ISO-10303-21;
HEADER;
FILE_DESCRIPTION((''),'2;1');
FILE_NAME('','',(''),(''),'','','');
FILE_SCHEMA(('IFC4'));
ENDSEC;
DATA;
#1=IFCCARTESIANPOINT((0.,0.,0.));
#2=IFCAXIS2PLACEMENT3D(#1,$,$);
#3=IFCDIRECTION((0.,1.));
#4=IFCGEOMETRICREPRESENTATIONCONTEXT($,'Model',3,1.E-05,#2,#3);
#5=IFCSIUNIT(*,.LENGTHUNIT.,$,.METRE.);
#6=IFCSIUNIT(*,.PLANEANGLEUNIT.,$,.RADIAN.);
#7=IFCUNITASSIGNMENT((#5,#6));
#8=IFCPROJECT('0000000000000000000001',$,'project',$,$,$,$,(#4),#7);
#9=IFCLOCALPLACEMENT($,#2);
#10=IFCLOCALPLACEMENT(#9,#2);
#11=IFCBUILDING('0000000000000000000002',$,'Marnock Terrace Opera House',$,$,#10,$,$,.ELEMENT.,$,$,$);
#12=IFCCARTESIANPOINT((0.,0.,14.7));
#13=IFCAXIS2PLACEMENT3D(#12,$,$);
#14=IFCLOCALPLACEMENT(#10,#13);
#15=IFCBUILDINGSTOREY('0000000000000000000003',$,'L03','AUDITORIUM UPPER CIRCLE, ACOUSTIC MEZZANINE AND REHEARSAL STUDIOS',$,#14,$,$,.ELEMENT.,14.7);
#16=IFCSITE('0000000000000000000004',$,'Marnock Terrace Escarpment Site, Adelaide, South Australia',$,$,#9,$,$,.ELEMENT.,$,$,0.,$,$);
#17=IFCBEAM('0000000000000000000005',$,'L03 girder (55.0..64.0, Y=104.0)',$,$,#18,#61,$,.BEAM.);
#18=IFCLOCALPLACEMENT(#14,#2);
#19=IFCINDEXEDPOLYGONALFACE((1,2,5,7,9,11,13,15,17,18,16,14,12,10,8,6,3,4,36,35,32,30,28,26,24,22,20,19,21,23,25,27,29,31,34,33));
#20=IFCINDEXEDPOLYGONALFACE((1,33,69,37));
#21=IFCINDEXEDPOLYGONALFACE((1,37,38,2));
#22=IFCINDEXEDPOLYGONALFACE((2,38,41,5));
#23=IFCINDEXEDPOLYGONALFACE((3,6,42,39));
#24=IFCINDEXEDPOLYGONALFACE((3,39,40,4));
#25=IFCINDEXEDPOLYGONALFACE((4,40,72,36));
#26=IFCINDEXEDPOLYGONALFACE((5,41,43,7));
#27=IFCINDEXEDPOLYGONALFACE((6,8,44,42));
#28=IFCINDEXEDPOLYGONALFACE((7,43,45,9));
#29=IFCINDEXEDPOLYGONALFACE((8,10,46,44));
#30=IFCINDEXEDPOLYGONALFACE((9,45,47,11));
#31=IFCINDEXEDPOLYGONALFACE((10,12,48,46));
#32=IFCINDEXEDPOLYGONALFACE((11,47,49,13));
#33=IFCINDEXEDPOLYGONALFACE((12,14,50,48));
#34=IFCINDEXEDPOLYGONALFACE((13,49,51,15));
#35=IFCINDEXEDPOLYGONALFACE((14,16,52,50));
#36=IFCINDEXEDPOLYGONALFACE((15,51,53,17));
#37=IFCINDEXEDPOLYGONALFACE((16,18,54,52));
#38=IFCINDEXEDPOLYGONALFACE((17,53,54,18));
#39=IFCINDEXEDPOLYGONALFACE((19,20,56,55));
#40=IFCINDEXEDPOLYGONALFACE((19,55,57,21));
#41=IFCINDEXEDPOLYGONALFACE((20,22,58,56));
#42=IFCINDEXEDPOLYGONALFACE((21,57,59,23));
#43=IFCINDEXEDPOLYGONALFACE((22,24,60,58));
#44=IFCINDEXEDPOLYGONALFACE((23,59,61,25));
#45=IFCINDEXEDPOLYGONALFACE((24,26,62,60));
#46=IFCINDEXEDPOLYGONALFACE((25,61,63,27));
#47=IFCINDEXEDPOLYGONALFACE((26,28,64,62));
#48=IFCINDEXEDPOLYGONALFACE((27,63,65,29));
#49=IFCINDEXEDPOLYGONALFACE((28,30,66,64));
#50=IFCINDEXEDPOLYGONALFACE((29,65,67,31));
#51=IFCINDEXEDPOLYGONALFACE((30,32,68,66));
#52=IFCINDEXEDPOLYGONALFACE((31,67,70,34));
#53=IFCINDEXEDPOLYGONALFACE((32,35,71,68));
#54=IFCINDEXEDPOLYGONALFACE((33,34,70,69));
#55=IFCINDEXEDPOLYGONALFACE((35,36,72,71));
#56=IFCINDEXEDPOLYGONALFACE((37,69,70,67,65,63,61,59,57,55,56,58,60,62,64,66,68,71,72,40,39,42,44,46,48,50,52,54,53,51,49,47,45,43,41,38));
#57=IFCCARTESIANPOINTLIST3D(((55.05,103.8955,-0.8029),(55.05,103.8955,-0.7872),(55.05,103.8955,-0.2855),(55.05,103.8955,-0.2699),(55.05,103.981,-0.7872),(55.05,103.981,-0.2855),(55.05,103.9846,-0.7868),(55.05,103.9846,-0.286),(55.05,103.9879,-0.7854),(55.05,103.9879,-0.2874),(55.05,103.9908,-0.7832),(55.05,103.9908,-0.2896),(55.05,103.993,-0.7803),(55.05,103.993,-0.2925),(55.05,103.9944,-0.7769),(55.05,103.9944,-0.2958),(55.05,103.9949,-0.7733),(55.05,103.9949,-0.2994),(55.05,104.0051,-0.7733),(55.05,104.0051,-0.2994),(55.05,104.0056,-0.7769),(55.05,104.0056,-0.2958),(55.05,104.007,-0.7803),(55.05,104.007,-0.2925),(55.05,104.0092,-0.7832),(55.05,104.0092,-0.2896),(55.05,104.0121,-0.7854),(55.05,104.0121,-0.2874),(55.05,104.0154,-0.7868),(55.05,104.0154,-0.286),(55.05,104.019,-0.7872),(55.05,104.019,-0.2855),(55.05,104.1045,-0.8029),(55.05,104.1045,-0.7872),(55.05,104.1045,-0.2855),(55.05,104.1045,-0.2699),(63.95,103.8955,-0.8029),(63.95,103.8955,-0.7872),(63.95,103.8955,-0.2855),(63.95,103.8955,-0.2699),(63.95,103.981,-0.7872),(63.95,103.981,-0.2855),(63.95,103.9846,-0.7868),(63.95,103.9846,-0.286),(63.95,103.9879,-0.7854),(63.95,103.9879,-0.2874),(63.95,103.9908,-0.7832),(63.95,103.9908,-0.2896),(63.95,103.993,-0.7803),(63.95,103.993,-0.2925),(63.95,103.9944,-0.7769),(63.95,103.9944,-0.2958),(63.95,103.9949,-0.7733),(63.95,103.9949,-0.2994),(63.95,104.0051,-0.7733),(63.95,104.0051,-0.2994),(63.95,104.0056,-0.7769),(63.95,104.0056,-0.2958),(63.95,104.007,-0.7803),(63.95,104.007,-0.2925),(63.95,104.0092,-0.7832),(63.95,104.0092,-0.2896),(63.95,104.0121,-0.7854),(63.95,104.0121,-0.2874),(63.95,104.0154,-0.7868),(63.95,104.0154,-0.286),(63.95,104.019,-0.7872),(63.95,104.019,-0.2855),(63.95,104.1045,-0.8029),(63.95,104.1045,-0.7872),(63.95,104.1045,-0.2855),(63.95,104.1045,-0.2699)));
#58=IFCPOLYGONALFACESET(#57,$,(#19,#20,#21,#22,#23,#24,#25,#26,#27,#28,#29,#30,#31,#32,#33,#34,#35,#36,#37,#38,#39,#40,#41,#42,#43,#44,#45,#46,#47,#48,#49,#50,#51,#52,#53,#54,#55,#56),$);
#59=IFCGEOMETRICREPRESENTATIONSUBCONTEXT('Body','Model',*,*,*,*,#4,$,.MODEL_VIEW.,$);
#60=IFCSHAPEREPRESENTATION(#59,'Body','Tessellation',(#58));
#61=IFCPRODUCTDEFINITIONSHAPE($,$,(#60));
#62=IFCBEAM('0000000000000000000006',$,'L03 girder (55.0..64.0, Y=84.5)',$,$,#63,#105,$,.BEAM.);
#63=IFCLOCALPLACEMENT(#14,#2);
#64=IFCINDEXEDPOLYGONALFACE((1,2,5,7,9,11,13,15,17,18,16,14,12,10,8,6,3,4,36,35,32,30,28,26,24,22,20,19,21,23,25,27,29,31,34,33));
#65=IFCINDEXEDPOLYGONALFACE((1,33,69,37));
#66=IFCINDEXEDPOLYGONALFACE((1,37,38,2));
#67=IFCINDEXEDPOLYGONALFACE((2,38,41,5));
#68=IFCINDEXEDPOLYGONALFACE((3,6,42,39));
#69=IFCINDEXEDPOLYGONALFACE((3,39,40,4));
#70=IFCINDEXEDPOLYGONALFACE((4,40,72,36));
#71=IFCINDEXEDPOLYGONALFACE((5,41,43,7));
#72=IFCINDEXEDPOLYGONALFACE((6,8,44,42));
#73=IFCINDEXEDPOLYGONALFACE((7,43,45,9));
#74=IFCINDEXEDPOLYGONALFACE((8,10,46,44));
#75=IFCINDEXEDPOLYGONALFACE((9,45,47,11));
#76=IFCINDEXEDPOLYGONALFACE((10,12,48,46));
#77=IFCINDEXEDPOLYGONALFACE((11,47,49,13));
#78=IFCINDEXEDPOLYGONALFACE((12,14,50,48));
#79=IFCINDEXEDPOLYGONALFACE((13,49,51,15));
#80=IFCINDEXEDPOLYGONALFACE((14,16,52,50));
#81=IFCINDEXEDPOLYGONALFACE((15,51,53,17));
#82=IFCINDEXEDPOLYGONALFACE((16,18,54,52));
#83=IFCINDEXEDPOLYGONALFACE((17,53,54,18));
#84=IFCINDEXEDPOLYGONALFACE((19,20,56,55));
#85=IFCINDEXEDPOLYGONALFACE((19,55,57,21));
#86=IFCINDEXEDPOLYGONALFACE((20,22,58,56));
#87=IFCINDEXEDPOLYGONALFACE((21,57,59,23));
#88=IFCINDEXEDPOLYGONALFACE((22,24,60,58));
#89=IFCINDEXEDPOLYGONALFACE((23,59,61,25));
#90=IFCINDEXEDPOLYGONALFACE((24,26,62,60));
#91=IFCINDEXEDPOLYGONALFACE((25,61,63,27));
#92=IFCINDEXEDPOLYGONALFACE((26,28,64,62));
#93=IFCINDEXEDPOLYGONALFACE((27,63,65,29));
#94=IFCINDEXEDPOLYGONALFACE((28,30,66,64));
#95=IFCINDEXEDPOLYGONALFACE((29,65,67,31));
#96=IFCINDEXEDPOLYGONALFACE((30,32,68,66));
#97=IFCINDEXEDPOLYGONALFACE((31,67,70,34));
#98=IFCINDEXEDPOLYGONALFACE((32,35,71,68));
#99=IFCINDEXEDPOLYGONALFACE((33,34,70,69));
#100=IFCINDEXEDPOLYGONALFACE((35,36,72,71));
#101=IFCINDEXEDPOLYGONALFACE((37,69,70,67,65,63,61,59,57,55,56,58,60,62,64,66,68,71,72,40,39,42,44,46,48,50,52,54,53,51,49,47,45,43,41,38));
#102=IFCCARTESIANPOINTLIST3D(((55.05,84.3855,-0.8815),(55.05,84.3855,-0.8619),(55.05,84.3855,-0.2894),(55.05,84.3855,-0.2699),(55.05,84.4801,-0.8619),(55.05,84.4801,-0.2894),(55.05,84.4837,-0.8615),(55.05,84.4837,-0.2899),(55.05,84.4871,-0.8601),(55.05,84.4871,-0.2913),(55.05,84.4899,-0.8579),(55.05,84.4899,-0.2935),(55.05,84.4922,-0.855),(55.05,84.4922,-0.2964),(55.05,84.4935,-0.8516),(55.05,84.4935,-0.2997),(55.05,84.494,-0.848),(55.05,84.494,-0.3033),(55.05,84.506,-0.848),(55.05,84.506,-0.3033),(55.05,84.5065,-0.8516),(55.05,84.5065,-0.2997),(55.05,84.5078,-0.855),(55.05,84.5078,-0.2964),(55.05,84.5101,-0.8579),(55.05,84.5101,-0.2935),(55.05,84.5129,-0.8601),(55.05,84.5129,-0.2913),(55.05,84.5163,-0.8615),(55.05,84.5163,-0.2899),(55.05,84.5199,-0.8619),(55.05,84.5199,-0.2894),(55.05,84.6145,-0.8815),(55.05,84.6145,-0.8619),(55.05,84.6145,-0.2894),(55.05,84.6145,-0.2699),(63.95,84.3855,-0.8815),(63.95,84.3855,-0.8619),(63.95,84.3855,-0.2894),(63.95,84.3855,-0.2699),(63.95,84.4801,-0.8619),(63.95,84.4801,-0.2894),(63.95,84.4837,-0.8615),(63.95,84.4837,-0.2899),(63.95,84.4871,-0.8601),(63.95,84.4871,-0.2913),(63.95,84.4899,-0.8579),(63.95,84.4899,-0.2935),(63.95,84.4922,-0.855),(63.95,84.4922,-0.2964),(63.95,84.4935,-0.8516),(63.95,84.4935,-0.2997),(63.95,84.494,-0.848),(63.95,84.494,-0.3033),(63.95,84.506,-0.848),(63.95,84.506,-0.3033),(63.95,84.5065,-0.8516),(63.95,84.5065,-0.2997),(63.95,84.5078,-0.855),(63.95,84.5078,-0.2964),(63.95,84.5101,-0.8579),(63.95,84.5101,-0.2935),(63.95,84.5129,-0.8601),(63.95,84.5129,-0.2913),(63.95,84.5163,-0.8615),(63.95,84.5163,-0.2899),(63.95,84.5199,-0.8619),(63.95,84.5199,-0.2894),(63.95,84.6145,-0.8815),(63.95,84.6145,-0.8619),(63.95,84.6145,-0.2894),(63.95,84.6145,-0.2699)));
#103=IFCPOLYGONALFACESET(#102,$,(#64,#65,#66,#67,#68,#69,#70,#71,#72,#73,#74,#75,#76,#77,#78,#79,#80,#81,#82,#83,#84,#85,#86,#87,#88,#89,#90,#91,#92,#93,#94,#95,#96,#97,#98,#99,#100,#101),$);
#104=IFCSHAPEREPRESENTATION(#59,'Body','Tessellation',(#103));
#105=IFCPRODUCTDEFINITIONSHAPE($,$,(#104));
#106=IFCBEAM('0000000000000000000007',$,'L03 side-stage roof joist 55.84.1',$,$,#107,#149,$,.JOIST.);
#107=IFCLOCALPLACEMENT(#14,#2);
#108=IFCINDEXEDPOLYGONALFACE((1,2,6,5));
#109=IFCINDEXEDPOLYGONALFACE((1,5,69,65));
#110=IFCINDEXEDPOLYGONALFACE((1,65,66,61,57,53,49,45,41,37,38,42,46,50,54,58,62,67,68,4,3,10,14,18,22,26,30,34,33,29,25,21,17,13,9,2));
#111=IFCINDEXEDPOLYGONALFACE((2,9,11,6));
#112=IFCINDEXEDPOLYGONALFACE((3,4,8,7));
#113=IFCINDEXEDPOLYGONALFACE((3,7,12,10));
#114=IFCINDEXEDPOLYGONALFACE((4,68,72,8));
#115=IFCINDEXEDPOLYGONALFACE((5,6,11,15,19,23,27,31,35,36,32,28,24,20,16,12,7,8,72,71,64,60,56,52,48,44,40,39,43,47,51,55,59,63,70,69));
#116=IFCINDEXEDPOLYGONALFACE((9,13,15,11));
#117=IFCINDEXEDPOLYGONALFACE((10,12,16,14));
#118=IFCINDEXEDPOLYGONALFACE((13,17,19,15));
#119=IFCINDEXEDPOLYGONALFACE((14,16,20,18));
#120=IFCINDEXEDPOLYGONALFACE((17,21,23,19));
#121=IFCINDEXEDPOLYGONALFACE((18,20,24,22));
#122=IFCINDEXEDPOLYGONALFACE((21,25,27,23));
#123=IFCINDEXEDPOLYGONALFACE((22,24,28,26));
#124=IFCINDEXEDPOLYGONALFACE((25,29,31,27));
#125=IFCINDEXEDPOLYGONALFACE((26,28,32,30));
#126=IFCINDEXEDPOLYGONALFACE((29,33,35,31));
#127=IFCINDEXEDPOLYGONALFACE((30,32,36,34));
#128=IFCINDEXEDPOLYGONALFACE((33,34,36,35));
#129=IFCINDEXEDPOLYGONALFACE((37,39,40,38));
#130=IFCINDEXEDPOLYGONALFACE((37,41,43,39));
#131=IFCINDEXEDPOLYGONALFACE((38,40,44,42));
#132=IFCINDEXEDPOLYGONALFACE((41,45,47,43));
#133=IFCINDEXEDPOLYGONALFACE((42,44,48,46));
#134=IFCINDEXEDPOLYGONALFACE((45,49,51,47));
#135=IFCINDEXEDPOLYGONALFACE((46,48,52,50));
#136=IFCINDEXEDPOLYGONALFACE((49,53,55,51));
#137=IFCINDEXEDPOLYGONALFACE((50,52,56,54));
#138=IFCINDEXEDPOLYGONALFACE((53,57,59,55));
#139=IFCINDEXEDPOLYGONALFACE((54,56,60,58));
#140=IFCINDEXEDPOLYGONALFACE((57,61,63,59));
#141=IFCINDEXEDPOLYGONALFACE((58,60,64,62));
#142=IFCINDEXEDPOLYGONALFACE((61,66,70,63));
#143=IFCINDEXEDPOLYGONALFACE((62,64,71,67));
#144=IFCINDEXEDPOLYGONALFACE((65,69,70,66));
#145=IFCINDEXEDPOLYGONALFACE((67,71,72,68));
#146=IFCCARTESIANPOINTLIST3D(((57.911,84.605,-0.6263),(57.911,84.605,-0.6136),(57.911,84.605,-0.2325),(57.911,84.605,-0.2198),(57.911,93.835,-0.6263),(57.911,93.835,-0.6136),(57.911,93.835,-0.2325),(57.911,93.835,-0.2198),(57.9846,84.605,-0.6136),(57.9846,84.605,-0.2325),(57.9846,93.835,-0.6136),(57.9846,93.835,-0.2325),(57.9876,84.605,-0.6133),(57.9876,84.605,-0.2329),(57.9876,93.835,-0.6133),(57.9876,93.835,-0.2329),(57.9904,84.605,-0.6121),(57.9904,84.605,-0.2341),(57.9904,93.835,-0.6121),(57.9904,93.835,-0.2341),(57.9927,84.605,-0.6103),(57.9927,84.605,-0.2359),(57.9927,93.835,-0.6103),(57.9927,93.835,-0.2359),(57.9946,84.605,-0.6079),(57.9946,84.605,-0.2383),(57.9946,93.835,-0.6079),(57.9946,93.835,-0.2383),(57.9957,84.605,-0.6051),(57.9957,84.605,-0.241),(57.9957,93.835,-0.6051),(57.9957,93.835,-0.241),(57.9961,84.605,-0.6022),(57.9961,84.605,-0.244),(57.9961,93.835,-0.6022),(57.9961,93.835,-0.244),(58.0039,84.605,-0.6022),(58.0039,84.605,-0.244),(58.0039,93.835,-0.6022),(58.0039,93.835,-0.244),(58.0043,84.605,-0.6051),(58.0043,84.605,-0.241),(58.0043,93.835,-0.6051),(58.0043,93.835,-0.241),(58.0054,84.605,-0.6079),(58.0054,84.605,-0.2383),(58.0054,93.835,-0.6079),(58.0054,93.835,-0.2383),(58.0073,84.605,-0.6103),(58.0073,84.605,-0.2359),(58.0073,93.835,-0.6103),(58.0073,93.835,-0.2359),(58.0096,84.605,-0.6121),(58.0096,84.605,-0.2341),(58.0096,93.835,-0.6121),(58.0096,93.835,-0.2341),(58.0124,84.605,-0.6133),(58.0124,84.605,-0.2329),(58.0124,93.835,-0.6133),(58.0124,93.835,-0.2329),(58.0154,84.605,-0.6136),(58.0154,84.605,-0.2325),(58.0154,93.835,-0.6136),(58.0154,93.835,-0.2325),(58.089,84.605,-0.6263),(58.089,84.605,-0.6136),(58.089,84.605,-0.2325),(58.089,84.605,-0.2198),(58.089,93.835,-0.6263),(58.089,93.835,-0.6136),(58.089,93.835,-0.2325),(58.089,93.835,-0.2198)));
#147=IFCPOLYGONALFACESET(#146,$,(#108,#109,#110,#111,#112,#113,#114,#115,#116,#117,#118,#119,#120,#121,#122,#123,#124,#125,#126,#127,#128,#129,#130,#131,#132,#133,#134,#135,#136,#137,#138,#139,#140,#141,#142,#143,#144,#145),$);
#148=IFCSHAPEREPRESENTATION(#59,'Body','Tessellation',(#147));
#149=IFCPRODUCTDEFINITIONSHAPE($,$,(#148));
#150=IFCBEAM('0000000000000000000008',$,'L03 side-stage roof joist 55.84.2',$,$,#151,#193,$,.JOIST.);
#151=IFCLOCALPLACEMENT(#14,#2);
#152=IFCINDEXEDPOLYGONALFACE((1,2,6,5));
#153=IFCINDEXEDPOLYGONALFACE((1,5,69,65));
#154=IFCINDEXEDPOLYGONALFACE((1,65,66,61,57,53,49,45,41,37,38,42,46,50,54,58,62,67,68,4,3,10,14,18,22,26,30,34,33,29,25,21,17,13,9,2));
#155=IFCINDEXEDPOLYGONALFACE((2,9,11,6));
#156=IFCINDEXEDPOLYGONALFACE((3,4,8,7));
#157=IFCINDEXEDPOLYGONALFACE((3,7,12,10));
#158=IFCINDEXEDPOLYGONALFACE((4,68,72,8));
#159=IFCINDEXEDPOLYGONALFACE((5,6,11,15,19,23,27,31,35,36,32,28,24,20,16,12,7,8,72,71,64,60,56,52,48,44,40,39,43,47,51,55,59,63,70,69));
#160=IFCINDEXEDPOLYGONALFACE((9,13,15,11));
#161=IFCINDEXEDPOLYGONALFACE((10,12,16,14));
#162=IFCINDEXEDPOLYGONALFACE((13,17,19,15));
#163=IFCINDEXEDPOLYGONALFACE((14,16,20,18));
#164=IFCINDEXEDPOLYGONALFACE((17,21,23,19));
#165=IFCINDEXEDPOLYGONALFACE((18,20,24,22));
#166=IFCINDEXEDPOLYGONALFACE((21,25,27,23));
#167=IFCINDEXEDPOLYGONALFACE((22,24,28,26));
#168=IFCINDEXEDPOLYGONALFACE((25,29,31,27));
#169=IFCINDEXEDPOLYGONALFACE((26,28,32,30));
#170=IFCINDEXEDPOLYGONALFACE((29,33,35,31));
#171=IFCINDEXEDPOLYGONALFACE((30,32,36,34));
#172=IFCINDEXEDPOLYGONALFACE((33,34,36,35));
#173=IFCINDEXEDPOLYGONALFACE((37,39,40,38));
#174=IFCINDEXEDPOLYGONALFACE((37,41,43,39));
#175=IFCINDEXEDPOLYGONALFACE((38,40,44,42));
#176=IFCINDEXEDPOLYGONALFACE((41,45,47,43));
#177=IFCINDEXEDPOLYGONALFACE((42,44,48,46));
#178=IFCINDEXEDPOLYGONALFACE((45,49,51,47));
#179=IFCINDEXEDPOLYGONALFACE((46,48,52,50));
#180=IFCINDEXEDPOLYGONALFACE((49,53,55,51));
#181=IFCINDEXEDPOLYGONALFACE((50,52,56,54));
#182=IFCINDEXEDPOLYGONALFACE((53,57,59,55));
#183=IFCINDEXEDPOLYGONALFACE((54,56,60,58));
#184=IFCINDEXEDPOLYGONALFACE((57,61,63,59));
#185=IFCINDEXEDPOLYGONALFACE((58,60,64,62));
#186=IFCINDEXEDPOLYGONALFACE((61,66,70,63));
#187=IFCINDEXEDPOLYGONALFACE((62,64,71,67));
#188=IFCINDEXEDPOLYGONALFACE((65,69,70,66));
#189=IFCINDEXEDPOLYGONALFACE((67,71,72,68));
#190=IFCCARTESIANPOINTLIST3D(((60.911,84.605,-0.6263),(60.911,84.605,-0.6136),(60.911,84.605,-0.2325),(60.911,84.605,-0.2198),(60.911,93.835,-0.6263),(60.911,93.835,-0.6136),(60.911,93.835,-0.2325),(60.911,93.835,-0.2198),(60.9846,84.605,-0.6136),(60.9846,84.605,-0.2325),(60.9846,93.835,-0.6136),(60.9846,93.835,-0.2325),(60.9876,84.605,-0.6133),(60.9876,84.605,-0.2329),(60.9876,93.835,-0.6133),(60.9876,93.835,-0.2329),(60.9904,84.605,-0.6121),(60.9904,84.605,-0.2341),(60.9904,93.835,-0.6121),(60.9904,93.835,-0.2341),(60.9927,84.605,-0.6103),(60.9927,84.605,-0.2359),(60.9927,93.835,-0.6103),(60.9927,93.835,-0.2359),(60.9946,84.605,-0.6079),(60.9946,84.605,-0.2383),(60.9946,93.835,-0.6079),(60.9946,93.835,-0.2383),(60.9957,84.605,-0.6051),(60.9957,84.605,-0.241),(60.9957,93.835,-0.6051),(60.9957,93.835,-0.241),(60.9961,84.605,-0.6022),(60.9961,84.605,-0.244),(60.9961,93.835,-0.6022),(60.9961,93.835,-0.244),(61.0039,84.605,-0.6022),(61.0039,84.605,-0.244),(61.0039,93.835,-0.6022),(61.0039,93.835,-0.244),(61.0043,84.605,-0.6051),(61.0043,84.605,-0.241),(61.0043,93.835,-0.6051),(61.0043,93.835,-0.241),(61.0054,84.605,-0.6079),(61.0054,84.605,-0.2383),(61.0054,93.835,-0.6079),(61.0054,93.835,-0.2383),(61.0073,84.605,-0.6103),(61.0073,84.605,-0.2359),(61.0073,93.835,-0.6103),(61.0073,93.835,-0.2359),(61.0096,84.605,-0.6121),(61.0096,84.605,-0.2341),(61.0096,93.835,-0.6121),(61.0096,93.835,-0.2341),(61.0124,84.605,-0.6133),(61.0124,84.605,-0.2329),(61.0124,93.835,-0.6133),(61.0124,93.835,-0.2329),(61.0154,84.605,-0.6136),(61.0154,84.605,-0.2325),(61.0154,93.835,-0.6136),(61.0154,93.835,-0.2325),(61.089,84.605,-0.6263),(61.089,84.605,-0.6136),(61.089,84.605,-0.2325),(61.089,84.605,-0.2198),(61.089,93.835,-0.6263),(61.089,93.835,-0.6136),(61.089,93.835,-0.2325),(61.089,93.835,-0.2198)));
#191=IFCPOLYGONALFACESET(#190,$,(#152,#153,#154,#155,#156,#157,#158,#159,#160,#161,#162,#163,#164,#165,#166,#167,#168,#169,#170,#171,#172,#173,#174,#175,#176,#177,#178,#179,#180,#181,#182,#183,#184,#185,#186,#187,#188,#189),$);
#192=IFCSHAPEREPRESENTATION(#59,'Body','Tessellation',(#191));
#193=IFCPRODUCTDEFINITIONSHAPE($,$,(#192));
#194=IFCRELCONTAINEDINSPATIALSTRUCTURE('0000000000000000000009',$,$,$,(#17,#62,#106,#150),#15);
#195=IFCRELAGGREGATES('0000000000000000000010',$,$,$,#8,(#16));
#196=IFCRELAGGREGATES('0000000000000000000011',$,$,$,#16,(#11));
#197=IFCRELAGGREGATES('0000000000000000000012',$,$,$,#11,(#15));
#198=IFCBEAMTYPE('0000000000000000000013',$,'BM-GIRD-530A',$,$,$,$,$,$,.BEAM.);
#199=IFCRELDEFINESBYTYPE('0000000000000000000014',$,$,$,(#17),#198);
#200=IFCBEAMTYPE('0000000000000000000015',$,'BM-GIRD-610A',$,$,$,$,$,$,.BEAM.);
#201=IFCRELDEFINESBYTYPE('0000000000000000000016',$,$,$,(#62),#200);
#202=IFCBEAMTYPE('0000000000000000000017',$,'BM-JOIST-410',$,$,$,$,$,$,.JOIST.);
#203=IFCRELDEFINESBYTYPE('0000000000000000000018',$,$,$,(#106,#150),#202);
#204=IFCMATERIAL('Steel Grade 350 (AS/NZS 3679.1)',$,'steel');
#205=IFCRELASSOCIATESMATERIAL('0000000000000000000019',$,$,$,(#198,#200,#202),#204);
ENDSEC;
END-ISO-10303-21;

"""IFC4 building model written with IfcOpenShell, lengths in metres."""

from ifc_helpers import new_model, si_unit, direction, frame, origin, origin_2d, place, context, subcontext, project, spatial, i_section, extrude, material, material_profile, profile_set, type_object, element, save


model = new_model("IFC4")

# Units and contexts
model_context = context("Model", 3, precision=1e-05, world=origin(), true_north=direction((0.0, 1.0)))
body_context = subcontext(model_context, "Body", "Model", "MODEL_VIEW")
ifc_project = project(units=[si_unit("LENGTHUNIT", "METRE"), si_unit("PLANEANGLEUNIT", "RADIAN")], contexts=[model_context])

# Site, building, storey
site_placement = place(None, origin())
site = spatial("IfcSite", under=ifc_project, at=site_placement, Name="Marnock Terrace Escarpment Site, Adelaide, South Australia", CompositionType="ELEMENT", RefElevation=0.0)
building_placement = place(site_placement, origin())
building = spatial("IfcBuilding", under=site, at=building_placement, Name="Marnock Terrace Opera House", CompositionType="ELEMENT")
storey_placement = place(building_placement, frame((0.0, 0.0, 14.7)))
storey = spatial("IfcBuildingStorey", under=building, at=storey_placement, Name="L03", Description="AUDITORIUM UPPER CIRCLE, ACOUSTIC MEZZANINE AND REHEARSAL STUDIOS", CompositionType="ELEMENT", Elevation=14.7)

# Beams
ifc_material_1 = material(Name="Steel Grade 350 (AS/NZS 3679.1)", Category="steel")
ifc_material_profile_1 = material_profile(ifc_material_1, i_section(OverallWidth=0.209, OverallDepth=0.533, WebThickness=0.0103, FlangeThickness=0.0156, FilletRadius=0.0139, at=origin_2d()))
ifc_profile_set_1 = profile_set([ifc_material_profile_1], Name="Steel Grade 350 (AS/NZS 3679.1)")
beam_type_1 = type_object("IfcBeamType", Name="BM-GIRD-530A", PredefinedType="BEAM", material=ifc_profile_set_1)
beam_1_placement = place(storey_placement, frame((55.05, 104.0, -0.5364), z_axis=(1.0, 0.0, 0.0), x_axis=(0.0, 1.0, 0.0)))
element("IfcBeam", 1, at=beam_1_placement, inside=storey, type_object=beam_type_1, Name="L03 girder (55.0..64.0, Y=104.0)", PredefinedType="BEAM", context=body_context, shape_type="SweptSolid", body=[
    extrude(i_section(OverallWidth=0.209, OverallDepth=0.533, WebThickness=0.0103, FlangeThickness=0.0156, FilletRadius=0.0139, at=origin_2d()), origin(), (0.0, 0.0, 1.0), 8.8999),
])
ifc_material_profile_2 = material_profile(ifc_material_1, i_section(OverallWidth=0.229, OverallDepth=0.6116, WebThickness=0.012, FlangeThickness=0.0195, FilletRadius=0.0139, at=origin_2d()))
ifc_profile_set_2 = profile_set([ifc_material_profile_2], Name="Steel Grade 350 (AS/NZS 3679.1)")
beam_type_2 = type_object("IfcBeamType", Name="BM-GIRD-610A", PredefinedType="BEAM", material=ifc_profile_set_2)
beam_2_placement = place(storey_placement, frame((55.05, 84.5, -0.5757), z_axis=(1.0, 0.0, 0.0), x_axis=(0.0, 1.0, 0.0)))
element("IfcBeam", 2, at=beam_2_placement, inside=storey, type_object=beam_type_2, Name="L03 girder (55.0..64.0, Y=84.5)", PredefinedType="BEAM", context=body_context, shape_type="SweptSolid", body=[
    extrude(i_section(OverallWidth=0.229, OverallDepth=0.6116, WebThickness=0.012, FlangeThickness=0.0195, FilletRadius=0.0139, at=origin_2d()), origin(), (0.0, 0.0, 1.0), 8.8999),
])
ifc_material_profile_3 = material_profile(ifc_material_1, i_section(OverallWidth=0.178, OverallDepth=0.4065, WebThickness=0.0078, FlangeThickness=0.0127, FilletRadius=0.0115, at=origin_2d()))
ifc_profile_set_3 = profile_set([ifc_material_profile_3], Name="Steel Grade 350 (AS/NZS 3679.1)")
beam_type_3 = type_object("IfcBeamType", Name="BM-JOIST-410", PredefinedType="JOIST", material=ifc_profile_set_3)
for number, where, z_axis, x_axis, name in (
    (3, (58.0, 84.605, -0.4231), (0.0, 1.0, 0.0), (-1.0, 0.0, 0.0), "L03 side-stage roof joist 55.84.1"),
    (4, (61.0, 84.605, -0.4231), (0.0, 1.0, 0.0), (-1.0, 0.0, 0.0), "L03 side-stage roof joist 55.84.2"),
):
    element("IfcBeam", number, at=place(storey_placement, frame(where, z_axis=z_axis, x_axis=x_axis)), inside=storey, type_object=beam_type_3, Name=name, PredefinedType="JOIST", context=body_context, shape_type="SweptSolid", body=[
        extrude(i_section(OverallWidth=0.178, OverallDepth=0.4065, WebThickness=0.0078, FlangeThickness=0.0127, FilletRadius=0.0115, at=origin_2d()), origin(), (0.0, 0.0, 1.0), 9.23),
    ])

save(model, "model.ifc")
